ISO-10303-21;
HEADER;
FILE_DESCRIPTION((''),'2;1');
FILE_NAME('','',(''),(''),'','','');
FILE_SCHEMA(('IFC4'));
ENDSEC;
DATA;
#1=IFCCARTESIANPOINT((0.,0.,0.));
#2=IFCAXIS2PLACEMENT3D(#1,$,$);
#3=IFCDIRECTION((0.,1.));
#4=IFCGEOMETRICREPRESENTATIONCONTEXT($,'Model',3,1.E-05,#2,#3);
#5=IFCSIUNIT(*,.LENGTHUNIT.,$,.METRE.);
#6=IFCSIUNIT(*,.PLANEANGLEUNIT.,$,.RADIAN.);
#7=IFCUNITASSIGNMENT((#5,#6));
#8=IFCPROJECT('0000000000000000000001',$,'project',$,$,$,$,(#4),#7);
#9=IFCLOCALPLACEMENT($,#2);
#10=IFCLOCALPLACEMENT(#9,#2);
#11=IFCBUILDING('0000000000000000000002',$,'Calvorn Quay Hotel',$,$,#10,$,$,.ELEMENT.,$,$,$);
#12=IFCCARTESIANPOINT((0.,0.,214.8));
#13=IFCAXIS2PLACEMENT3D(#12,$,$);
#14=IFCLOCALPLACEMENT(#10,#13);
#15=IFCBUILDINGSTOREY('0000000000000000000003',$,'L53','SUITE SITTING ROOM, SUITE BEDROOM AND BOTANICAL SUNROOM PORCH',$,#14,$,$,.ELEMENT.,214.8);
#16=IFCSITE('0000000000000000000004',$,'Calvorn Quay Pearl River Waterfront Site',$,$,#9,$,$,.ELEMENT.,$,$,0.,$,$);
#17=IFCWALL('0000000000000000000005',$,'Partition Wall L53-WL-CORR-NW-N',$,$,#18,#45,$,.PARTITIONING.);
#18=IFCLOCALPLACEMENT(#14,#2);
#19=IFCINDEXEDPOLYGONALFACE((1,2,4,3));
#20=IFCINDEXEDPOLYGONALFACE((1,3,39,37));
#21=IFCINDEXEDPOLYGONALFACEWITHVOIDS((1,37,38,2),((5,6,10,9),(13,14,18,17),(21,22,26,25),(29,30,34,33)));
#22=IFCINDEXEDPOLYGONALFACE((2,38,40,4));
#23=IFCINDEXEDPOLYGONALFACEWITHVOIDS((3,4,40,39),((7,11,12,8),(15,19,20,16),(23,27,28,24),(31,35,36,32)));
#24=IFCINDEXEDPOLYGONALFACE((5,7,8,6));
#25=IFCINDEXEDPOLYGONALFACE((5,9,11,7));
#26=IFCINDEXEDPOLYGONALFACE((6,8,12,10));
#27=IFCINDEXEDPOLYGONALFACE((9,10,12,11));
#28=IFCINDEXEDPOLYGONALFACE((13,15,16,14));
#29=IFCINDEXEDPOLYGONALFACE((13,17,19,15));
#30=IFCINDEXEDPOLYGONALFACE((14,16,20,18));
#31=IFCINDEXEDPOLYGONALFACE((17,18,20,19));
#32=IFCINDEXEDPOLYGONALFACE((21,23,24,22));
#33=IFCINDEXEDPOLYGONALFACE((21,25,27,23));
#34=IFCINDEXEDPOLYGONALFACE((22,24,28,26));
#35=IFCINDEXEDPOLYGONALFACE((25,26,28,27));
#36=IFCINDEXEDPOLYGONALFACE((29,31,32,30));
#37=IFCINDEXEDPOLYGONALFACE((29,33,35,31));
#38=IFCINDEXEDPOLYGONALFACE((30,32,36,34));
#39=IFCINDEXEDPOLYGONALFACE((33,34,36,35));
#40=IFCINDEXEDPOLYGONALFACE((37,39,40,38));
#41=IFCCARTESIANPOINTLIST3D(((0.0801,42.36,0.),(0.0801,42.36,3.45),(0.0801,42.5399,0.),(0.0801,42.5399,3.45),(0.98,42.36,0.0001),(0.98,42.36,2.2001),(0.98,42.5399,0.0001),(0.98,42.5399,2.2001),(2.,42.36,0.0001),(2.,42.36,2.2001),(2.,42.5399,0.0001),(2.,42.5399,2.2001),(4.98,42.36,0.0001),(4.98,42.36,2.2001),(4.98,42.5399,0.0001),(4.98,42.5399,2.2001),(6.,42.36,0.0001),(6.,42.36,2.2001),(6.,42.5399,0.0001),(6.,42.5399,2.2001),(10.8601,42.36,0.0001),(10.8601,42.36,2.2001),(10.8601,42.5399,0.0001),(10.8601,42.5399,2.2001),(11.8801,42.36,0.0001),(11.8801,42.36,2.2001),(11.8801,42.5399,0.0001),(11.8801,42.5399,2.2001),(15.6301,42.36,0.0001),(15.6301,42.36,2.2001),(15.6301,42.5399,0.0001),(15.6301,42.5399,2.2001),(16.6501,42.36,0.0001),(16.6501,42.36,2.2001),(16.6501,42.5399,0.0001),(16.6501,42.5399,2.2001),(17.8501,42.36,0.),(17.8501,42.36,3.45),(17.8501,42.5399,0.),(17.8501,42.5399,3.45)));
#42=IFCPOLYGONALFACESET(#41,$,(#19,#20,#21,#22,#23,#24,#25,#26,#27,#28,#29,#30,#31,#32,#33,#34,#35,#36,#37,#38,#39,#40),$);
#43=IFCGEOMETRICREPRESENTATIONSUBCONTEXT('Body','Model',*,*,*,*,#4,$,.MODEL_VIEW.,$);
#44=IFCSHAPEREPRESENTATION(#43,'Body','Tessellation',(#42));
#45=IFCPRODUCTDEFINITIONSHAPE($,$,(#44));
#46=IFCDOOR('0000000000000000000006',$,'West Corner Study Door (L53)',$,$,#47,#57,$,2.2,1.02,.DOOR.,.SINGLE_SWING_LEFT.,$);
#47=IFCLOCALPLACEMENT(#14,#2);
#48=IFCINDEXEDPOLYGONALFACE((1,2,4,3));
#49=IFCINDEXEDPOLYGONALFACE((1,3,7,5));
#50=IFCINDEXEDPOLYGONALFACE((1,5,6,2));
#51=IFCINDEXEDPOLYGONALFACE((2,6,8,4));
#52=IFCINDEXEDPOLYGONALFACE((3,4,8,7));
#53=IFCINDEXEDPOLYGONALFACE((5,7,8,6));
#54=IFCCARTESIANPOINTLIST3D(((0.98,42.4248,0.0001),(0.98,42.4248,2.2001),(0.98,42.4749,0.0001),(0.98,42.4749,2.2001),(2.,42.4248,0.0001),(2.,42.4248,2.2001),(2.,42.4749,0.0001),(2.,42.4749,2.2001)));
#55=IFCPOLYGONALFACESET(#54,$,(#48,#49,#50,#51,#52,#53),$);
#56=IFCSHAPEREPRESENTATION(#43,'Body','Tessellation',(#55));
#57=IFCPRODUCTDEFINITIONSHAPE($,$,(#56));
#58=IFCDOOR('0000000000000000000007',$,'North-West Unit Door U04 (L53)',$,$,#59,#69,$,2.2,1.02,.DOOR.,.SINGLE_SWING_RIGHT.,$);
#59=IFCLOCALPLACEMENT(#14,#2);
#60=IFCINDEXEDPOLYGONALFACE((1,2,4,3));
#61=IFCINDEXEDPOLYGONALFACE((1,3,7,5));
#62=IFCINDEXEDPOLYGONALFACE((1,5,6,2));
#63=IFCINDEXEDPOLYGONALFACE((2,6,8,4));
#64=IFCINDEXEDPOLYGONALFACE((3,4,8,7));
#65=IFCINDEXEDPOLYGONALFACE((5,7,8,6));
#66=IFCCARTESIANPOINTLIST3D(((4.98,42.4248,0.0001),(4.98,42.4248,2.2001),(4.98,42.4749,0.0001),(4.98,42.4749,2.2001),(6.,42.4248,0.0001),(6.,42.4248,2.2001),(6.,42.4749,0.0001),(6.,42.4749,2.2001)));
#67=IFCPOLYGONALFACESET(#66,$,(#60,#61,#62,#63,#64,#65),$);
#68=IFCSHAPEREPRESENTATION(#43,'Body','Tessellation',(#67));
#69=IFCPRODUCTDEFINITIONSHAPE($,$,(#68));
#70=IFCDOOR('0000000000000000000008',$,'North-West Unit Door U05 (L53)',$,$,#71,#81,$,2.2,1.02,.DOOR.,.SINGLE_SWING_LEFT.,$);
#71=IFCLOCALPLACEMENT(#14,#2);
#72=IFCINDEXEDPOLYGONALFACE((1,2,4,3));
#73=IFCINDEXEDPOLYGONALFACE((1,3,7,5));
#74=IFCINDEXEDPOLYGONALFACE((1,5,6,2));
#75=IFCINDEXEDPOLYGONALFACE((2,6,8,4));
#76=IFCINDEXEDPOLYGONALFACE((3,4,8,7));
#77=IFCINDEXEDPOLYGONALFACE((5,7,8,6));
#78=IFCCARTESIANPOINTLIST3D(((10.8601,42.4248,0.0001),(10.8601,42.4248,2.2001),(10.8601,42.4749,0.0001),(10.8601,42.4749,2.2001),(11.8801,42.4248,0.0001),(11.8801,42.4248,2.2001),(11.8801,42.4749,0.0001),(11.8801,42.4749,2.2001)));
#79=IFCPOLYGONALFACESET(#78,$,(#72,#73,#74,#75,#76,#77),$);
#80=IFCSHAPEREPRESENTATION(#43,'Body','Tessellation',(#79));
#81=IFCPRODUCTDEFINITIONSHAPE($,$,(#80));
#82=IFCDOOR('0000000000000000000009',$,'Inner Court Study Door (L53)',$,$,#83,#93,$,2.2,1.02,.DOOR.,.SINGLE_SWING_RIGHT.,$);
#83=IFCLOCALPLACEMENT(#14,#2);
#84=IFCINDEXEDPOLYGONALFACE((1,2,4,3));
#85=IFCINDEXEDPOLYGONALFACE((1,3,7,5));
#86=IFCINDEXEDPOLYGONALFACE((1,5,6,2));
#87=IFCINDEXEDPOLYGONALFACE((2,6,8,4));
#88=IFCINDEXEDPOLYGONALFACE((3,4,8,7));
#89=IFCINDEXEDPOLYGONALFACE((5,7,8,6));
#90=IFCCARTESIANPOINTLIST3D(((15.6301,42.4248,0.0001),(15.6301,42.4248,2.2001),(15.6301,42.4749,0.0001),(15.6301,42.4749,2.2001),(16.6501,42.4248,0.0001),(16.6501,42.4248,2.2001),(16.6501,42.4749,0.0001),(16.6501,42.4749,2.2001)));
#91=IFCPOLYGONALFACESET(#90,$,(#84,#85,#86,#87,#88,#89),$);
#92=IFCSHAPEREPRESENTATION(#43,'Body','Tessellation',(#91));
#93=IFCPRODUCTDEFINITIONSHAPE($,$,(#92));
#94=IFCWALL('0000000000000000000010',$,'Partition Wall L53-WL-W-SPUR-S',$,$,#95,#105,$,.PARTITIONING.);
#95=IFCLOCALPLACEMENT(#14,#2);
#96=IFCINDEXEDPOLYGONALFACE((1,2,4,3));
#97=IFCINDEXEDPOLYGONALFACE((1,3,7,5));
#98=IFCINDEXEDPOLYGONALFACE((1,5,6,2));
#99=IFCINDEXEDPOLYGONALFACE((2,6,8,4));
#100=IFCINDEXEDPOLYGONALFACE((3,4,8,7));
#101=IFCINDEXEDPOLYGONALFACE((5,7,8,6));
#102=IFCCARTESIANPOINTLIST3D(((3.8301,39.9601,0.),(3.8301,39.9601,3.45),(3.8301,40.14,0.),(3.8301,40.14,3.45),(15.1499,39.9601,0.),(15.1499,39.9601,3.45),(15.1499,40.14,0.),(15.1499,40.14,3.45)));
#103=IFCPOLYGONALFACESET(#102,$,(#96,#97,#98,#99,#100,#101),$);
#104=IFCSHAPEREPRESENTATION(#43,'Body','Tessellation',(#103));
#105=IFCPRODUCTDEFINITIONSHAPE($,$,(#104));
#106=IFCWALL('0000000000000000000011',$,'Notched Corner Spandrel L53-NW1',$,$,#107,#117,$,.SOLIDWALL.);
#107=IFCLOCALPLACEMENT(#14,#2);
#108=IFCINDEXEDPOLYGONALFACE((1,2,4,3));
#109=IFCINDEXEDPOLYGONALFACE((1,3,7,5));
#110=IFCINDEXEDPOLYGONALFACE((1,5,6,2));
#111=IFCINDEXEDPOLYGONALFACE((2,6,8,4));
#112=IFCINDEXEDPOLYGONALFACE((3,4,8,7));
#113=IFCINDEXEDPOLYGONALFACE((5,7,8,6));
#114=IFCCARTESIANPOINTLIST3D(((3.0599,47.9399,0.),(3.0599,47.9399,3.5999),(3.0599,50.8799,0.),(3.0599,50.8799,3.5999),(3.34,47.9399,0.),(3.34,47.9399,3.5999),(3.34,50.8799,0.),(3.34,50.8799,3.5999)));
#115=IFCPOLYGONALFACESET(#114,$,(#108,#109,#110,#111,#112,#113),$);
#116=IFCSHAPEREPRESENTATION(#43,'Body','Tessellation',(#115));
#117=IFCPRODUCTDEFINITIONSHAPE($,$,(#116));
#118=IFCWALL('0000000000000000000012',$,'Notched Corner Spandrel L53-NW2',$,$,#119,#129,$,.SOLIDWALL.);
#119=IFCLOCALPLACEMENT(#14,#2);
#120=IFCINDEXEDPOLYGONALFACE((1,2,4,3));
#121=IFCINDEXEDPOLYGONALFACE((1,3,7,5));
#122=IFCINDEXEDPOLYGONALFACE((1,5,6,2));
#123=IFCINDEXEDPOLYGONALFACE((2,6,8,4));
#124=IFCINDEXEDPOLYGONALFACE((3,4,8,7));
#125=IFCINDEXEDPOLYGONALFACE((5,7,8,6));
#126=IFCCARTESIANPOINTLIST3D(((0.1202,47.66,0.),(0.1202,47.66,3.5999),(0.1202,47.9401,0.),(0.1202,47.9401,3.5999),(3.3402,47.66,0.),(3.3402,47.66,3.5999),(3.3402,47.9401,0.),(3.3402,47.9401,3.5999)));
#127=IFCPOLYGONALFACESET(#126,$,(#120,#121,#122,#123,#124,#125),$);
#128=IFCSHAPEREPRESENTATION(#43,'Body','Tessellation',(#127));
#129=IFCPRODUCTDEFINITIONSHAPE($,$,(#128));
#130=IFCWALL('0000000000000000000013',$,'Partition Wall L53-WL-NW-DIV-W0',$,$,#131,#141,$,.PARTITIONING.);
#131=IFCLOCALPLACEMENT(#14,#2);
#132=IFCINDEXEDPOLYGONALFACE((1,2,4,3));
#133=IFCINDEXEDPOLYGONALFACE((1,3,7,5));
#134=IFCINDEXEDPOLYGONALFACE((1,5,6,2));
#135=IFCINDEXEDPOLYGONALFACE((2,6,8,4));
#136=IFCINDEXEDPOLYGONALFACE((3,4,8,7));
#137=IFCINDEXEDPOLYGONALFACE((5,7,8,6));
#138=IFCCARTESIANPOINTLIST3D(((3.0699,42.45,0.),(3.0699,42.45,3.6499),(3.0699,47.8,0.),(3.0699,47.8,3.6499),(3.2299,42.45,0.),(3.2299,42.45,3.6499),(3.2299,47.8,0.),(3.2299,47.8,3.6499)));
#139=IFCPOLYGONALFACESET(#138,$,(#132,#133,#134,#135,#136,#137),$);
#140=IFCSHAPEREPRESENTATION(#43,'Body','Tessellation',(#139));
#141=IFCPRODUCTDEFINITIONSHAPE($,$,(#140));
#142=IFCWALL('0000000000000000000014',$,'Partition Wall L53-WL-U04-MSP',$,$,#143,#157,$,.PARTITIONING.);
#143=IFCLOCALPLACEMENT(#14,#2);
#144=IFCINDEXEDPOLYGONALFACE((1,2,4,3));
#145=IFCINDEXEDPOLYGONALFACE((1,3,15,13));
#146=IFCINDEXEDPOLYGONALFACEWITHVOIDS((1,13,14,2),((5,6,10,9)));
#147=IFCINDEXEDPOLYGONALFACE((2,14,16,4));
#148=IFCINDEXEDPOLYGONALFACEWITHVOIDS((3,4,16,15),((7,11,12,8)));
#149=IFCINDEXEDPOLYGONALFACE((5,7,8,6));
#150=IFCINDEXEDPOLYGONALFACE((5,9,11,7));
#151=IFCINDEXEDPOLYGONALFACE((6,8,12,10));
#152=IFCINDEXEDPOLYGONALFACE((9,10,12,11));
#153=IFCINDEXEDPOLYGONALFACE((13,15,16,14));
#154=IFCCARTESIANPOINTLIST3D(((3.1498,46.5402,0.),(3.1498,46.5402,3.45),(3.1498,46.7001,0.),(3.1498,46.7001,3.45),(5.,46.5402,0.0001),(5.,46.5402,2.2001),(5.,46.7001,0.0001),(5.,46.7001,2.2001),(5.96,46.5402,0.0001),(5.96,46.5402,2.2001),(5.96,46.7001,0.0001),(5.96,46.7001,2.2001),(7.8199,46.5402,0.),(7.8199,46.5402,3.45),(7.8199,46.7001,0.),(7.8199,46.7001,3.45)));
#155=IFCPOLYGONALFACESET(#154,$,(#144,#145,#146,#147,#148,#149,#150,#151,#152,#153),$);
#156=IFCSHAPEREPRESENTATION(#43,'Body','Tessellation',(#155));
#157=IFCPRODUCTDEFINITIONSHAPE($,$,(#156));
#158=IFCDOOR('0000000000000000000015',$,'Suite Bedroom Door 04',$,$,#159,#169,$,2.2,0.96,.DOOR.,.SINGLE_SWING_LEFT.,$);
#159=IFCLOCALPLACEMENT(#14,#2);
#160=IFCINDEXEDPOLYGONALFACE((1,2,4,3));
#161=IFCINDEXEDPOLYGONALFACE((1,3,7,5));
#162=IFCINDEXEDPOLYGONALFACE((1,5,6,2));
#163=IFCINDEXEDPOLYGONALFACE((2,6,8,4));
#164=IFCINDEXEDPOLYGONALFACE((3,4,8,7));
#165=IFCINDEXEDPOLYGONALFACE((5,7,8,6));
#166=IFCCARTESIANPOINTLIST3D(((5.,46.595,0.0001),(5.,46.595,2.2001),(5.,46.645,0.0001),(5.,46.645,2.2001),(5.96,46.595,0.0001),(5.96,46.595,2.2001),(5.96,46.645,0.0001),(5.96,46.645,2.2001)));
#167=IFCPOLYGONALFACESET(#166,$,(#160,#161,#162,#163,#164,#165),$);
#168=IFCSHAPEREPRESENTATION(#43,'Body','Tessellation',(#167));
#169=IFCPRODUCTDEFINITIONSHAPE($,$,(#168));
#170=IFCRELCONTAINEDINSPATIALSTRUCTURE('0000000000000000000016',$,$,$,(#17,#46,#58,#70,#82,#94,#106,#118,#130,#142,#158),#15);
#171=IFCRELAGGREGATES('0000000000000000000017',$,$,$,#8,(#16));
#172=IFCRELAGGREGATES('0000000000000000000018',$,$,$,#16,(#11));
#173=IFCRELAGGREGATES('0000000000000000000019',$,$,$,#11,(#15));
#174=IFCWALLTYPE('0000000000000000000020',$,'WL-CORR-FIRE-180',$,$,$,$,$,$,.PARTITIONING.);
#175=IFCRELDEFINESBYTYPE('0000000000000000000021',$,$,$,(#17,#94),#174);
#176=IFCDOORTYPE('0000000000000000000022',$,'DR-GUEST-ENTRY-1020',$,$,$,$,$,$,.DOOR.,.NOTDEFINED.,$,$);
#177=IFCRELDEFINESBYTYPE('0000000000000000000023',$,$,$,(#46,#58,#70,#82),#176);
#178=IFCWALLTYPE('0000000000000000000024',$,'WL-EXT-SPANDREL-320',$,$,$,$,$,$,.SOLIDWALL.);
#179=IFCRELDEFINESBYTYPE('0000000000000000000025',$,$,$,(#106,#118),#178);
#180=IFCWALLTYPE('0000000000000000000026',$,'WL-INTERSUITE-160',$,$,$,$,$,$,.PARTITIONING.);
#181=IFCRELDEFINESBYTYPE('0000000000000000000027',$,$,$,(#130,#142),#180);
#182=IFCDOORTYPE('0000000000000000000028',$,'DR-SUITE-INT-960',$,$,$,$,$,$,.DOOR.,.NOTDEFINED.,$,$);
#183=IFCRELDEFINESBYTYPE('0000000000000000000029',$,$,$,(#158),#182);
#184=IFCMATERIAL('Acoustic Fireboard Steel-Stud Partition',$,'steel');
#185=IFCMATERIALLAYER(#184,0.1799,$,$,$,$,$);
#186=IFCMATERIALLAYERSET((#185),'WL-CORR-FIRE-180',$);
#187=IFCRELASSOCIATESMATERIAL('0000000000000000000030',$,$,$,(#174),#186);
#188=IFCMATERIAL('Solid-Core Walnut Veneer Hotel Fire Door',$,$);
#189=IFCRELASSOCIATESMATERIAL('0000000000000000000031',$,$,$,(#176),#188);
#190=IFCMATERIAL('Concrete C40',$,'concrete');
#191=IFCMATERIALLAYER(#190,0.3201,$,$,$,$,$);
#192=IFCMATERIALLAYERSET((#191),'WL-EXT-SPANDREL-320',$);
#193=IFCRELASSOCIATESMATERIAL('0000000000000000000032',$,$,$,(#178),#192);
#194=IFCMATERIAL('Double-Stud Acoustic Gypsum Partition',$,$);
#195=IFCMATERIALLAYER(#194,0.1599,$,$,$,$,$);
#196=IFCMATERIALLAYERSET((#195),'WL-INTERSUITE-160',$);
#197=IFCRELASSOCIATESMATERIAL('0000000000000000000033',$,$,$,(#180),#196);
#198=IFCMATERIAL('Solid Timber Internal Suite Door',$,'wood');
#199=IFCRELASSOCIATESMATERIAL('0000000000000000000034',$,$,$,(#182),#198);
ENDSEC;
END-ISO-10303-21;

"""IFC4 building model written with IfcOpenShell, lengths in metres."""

from ifc_helpers import new_model, si_unit, direction, frame, frame_2d, origin, place, context, subcontext, project, spatial, rectangle, extrude, material, layer, layer_set, type_object, element, fill, save


model = new_model("IFC4")

# Units and contexts
model_context = context("Model", 3, precision=1e-05, world=origin(), true_north=direction((0.0, 1.0)))
body_context = subcontext(model_context, "Body", "Model", "MODEL_VIEW")
ifc_project = project(units=[si_unit("LENGTHUNIT", "METRE"), si_unit("PLANEANGLEUNIT", "RADIAN")], contexts=[model_context])

# Site, building, storey
site_placement = place(None, origin())
site = spatial("IfcSite", under=ifc_project, at=site_placement, Name="Calvorn Quay Pearl River Waterfront Site", CompositionType="ELEMENT", RefElevation=0.0)
building_placement = place(site_placement, origin())
building = spatial("IfcBuilding", under=site, at=building_placement, Name="Calvorn Quay Hotel", CompositionType="ELEMENT")
storey_placement = place(building_placement, frame((0.0, 0.0, 214.8)))
storey = spatial("IfcBuildingStorey", under=building, at=storey_placement, Name="L53", Description="SUITE SITTING ROOM, SUITE BEDROOM AND BOTANICAL SUNROOM PORCH", CompositionType="ELEMENT", Elevation=214.8)

# Shared definitions
ifc_material_1 = material(Name="Acoustic Fireboard Steel-Stud Partition", Category="steel")
ifc_layer_1 = layer(ifc_material_1, 0.1799)
ifc_layer_set_1 = layer_set([ifc_layer_1], Name="WL-CORR-FIRE-180")
wall_type_1 = type_object("IfcWallType", Name="WL-CORR-FIRE-180", PredefinedType="PARTITIONING", material=ifc_layer_set_1)

# Wall, openings, doors
wall_1_placement = place(storey_placement, frame((0.0801, 42.45, 0.0), z_axis=(0.0, 0.0, 1.0), x_axis=(1.0, 0.0, 0.0)))
wall_1 = element("IfcWall", 1, at=wall_1_placement, inside=storey, type_object=wall_type_1, Name="Partition Wall L53-WL-CORR-NW-N", PredefinedType="PARTITIONING", context=body_context, shape_type="SweptSolid", body=[
    extrude(rectangle(XDim=17.77, YDim=0.1799, at=frame_2d((8.885, 0.0))), origin(), (0.0, 0.0, 1.0), 3.45),
])
opening_1_placement = place(wall_1_placement, frame((0.8999, 0.0, 0.0)))
opening_1 = element("IfcOpeningElement", 2, at=opening_1_placement, cuts=wall_1, PredefinedType="OPENING", context=body_context, shape_type="SweptSolid", body=[
    extrude(rectangle(XDim=1.02, YDim=2.2, at=frame_2d((0.51, 1.1001))), frame((0.0, 0.0999, 0.0), z_axis=(0.0, -1.0, 0.0), x_axis=(1.0, 0.0, 0.0)), (0.0, 0.0, 1.0), 0.2),
])
opening_2_placement = place(wall_1_placement, frame((4.8999, 0.0, 0.0)))
opening_2 = element("IfcOpeningElement", 3, at=opening_2_placement, cuts=wall_1, PredefinedType="OPENING", context=body_context, shape_type="SweptSolid", body=[
    extrude(rectangle(XDim=1.02, YDim=2.2, at=frame_2d((0.51, 1.1001))), frame((0.0, 0.0999, 0.0), z_axis=(0.0, -1.0, 0.0), x_axis=(1.0, 0.0, 0.0)), (0.0, 0.0, 1.0), 0.2),
])
opening_3_placement = place(wall_1_placement, frame((10.78, 0.0, 0.0)))
opening_3 = element("IfcOpeningElement", 4, at=opening_3_placement, cuts=wall_1, PredefinedType="OPENING", context=body_context, shape_type="SweptSolid", body=[
    extrude(rectangle(XDim=1.02, YDim=2.2, at=frame_2d((0.51, 1.1001))), frame((0.0, 0.0999, 0.0), z_axis=(0.0, -1.0, 0.0), x_axis=(1.0, 0.0, 0.0)), (0.0, 0.0, 1.0), 0.2),
])
opening_4_placement = place(wall_1_placement, frame((15.55, 0.0, 0.0)))
opening_4 = element("IfcOpeningElement", 5, at=opening_4_placement, cuts=wall_1, PredefinedType="OPENING", context=body_context, shape_type="SweptSolid", body=[
    extrude(rectangle(XDim=1.02, YDim=2.2, at=frame_2d((0.51, 1.1001))), frame((0.0, 0.0999, 0.0), z_axis=(0.0, -1.0, 0.0), x_axis=(1.0, 0.0, 0.0)), (0.0, 0.0, 1.0), 0.2),
])
ifc_material_2 = material(Name="Solid-Core Walnut Veneer Hotel Fire Door")
door_type_1 = type_object("IfcDoorType", Name="DR-GUEST-ENTRY-1020", OperationType="NOTDEFINED", PredefinedType="DOOR", material=ifc_material_2)
door_1_placement = place(opening_1_placement, origin())
door_1 = element("IfcDoor", 6, at=door_1_placement, inside=storey, type_object=door_type_1, Name="West Corner Study Door (L53)", OperationType="SINGLE_SWING_LEFT", OverallHeight=2.2, OverallWidth=1.02, PredefinedType="DOOR", context=body_context, shape_type="SweptSolid", body=[
    extrude(rectangle(XDim=1.02, YDim=2.2, at=frame_2d((0.51, 1.1001))), frame((0.0, 0.0249, 0.0), z_axis=(0.0, -1.0, 0.0), x_axis=(1.0, 0.0, 0.0)), (0.0, 0.0, 1.0), 0.05),
])
fill(opening_1, door_1)
door_2_placement = place(opening_2_placement, origin())
door_2 = element("IfcDoor", 7, at=door_2_placement, inside=storey, type_object=door_type_1, Name="North-West Unit Door U04 (L53)", OperationType="SINGLE_SWING_RIGHT", OverallHeight=2.2, OverallWidth=1.02, PredefinedType="DOOR", context=body_context, shape_type="SweptSolid", body=[
    extrude(rectangle(XDim=1.02, YDim=2.2, at=frame_2d((0.51, 1.1001))), frame((0.0, 0.0249, 0.0), z_axis=(0.0, -1.0, 0.0), x_axis=(1.0, 0.0, 0.0)), (0.0, 0.0, 1.0), 0.05),
])
fill(opening_2, door_2)
door_3_placement = place(opening_3_placement, origin())
door_3 = element("IfcDoor", 8, at=door_3_placement, inside=storey, type_object=door_type_1, Name="North-West Unit Door U05 (L53)", OperationType="SINGLE_SWING_LEFT", OverallHeight=2.2, OverallWidth=1.02, PredefinedType="DOOR", context=body_context, shape_type="SweptSolid", body=[
    extrude(rectangle(XDim=1.02, YDim=2.2, at=frame_2d((0.51, 1.1001))), frame((0.0, 0.0249, 0.0), z_axis=(0.0, -1.0, 0.0), x_axis=(1.0, 0.0, 0.0)), (0.0, 0.0, 1.0), 0.05),
])
fill(opening_3, door_3)
door_4_placement = place(opening_4_placement, origin())
door_4 = element("IfcDoor", 9, at=door_4_placement, inside=storey, type_object=door_type_1, Name="Inner Court Study Door (L53)", OperationType="SINGLE_SWING_RIGHT", OverallHeight=2.2, OverallWidth=1.02, PredefinedType="DOOR", context=body_context, shape_type="SweptSolid", body=[
    extrude(rectangle(XDim=1.02, YDim=2.2, at=frame_2d((0.51, 1.1001))), frame((0.0, 0.0249, 0.0), z_axis=(0.0, -1.0, 0.0), x_axis=(1.0, 0.0, 0.0)), (0.0, 0.0, 1.0), 0.05),
])
fill(opening_4, door_4)

# Walls
wall_2_placement = place(storey_placement, frame((3.8301, 40.05, 0.0), z_axis=(0.0, 0.0, 1.0), x_axis=(1.0, 0.0, 0.0)))
element("IfcWall", 10, at=wall_2_placement, inside=storey, type_object=wall_type_1, Name="Partition Wall L53-WL-W-SPUR-S", PredefinedType="PARTITIONING", context=body_context, shape_type="SweptSolid", body=[
    extrude(rectangle(XDim=11.3198, YDim=0.1799, at=frame_2d((5.6599, 0.0))), origin(), (0.0, 0.0, 1.0), 3.45),
])
ifc_material_3 = material(Name="Concrete C40", Category="concrete")
ifc_layer_2 = layer(ifc_material_3, 0.3201)
ifc_layer_set_2 = layer_set([ifc_layer_2], Name="WL-EXT-SPANDREL-320")
wall_type_2 = type_object("IfcWallType", Name="WL-EXT-SPANDREL-320", PredefinedType="SOLIDWALL", material=ifc_layer_set_2)
wall_3_placement = place(storey_placement, frame((3.2, 50.8799, 0.0), z_axis=(0.0, 0.0, 1.0), x_axis=(0.0, -1.0, 0.0)))
element("IfcWall", 11, at=wall_3_placement, inside=storey, type_object=wall_type_2, Name="Notched Corner Spandrel L53-NW1", PredefinedType="SOLIDWALL", context=body_context, shape_type="SweptSolid", body=[
    extrude(rectangle(XDim=2.9399, YDim=0.28, at=frame_2d((1.47, 0.0))), origin(), (0.0, 0.0, 1.0), 3.5999),
])
wall_4_placement = place(storey_placement, frame((3.3401, 47.8, 0.0), z_axis=(0.0, 0.0, 1.0), x_axis=(-1.0, 0.0, 0.0)))
element("IfcWall", 12, at=wall_4_placement, inside=storey, type_object=wall_type_2, Name="Notched Corner Spandrel L53-NW2", PredefinedType="SOLIDWALL", context=body_context, shape_type="SweptSolid", body=[
    extrude(rectangle(XDim=3.22, YDim=0.28, at=frame_2d((1.6099, 0.0))), origin(), (0.0, 0.0, 1.0), 3.5999),
])
ifc_material_4 = material(Name="Double-Stud Acoustic Gypsum Partition")
ifc_layer_3 = layer(ifc_material_4, 0.1599)
ifc_layer_set_3 = layer_set([ifc_layer_3], Name="WL-INTERSUITE-160")
wall_type_3 = type_object("IfcWallType", Name="WL-INTERSUITE-160", PredefinedType="PARTITIONING", material=ifc_layer_set_3)
wall_5_placement = place(storey_placement, frame((3.1499, 42.45, 0.0), z_axis=(0.0, 0.0, 1.0), x_axis=(0.0, 1.0, 0.0)))
element("IfcWall", 13, at=wall_5_placement, inside=storey, type_object=wall_type_3, Name="Partition Wall L53-WL-NW-DIV-W0", PredefinedType="PARTITIONING", context=body_context, shape_type="SweptSolid", body=[
    extrude(rectangle(XDim=5.3501, YDim=0.1599, at=frame_2d((2.675, 0.0))), origin(), (0.0, 0.0, 1.0), 3.6499),
])

# Wall, opening, door
wall_6_placement = place(storey_placement, frame((3.1499, 46.6201, 0.0), z_axis=(0.0, 0.0, 1.0), x_axis=(1.0, 0.0, 0.0)))
wall_6 = element("IfcWall", 14, at=wall_6_placement, inside=storey, type_object=wall_type_3, Name="Partition Wall L53-WL-U04-MSP", PredefinedType="PARTITIONING", context=body_context, shape_type="SweptSolid", body=[
    extrude(rectangle(XDim=4.6702, YDim=0.1599, at=frame_2d((2.335, 0.0))), origin(), (0.0, 0.0, 1.0), 3.45),
])
opening_5_placement = place(wall_6_placement, frame((1.8501, 0.0, 0.0)))
opening_5 = element("IfcOpeningElement", 15, at=opening_5_placement, cuts=wall_6, PredefinedType="OPENING", context=body_context, shape_type="SweptSolid", body=[
    extrude(rectangle(XDim=0.96, YDim=2.2, at=frame_2d((0.48, 1.1001))), frame((0.0, 0.0898, 0.0), z_axis=(0.0, -1.0, 0.0), x_axis=(1.0, 0.0, 0.0)), (0.0, 0.0, 1.0), 0.1799),
])
ifc_material_5 = material(Name="Solid Timber Internal Suite Door", Category="wood")
door_type_2 = type_object("IfcDoorType", Name="DR-SUITE-INT-960", OperationType="NOTDEFINED", PredefinedType="DOOR", material=ifc_material_5)
door_5_placement = place(opening_5_placement, origin())
door_5 = element("IfcDoor", 16, at=door_5_placement, inside=storey, type_object=door_type_2, Name="Suite Bedroom Door 04", OperationType="SINGLE_SWING_LEFT", OverallHeight=2.2, OverallWidth=0.96, PredefinedType="DOOR", context=body_context, shape_type="SweptSolid", body=[
    extrude(rectangle(XDim=0.96, YDim=2.2, at=frame_2d((0.48, 1.1001))), frame((0.0, 0.0249, 0.0), z_axis=(0.0, -1.0, 0.0), x_axis=(1.0, 0.0, 0.0)), (0.0, 0.0, 1.0), 0.05),
])
fill(opening_5, door_5)

save(model, "model.ifc")
